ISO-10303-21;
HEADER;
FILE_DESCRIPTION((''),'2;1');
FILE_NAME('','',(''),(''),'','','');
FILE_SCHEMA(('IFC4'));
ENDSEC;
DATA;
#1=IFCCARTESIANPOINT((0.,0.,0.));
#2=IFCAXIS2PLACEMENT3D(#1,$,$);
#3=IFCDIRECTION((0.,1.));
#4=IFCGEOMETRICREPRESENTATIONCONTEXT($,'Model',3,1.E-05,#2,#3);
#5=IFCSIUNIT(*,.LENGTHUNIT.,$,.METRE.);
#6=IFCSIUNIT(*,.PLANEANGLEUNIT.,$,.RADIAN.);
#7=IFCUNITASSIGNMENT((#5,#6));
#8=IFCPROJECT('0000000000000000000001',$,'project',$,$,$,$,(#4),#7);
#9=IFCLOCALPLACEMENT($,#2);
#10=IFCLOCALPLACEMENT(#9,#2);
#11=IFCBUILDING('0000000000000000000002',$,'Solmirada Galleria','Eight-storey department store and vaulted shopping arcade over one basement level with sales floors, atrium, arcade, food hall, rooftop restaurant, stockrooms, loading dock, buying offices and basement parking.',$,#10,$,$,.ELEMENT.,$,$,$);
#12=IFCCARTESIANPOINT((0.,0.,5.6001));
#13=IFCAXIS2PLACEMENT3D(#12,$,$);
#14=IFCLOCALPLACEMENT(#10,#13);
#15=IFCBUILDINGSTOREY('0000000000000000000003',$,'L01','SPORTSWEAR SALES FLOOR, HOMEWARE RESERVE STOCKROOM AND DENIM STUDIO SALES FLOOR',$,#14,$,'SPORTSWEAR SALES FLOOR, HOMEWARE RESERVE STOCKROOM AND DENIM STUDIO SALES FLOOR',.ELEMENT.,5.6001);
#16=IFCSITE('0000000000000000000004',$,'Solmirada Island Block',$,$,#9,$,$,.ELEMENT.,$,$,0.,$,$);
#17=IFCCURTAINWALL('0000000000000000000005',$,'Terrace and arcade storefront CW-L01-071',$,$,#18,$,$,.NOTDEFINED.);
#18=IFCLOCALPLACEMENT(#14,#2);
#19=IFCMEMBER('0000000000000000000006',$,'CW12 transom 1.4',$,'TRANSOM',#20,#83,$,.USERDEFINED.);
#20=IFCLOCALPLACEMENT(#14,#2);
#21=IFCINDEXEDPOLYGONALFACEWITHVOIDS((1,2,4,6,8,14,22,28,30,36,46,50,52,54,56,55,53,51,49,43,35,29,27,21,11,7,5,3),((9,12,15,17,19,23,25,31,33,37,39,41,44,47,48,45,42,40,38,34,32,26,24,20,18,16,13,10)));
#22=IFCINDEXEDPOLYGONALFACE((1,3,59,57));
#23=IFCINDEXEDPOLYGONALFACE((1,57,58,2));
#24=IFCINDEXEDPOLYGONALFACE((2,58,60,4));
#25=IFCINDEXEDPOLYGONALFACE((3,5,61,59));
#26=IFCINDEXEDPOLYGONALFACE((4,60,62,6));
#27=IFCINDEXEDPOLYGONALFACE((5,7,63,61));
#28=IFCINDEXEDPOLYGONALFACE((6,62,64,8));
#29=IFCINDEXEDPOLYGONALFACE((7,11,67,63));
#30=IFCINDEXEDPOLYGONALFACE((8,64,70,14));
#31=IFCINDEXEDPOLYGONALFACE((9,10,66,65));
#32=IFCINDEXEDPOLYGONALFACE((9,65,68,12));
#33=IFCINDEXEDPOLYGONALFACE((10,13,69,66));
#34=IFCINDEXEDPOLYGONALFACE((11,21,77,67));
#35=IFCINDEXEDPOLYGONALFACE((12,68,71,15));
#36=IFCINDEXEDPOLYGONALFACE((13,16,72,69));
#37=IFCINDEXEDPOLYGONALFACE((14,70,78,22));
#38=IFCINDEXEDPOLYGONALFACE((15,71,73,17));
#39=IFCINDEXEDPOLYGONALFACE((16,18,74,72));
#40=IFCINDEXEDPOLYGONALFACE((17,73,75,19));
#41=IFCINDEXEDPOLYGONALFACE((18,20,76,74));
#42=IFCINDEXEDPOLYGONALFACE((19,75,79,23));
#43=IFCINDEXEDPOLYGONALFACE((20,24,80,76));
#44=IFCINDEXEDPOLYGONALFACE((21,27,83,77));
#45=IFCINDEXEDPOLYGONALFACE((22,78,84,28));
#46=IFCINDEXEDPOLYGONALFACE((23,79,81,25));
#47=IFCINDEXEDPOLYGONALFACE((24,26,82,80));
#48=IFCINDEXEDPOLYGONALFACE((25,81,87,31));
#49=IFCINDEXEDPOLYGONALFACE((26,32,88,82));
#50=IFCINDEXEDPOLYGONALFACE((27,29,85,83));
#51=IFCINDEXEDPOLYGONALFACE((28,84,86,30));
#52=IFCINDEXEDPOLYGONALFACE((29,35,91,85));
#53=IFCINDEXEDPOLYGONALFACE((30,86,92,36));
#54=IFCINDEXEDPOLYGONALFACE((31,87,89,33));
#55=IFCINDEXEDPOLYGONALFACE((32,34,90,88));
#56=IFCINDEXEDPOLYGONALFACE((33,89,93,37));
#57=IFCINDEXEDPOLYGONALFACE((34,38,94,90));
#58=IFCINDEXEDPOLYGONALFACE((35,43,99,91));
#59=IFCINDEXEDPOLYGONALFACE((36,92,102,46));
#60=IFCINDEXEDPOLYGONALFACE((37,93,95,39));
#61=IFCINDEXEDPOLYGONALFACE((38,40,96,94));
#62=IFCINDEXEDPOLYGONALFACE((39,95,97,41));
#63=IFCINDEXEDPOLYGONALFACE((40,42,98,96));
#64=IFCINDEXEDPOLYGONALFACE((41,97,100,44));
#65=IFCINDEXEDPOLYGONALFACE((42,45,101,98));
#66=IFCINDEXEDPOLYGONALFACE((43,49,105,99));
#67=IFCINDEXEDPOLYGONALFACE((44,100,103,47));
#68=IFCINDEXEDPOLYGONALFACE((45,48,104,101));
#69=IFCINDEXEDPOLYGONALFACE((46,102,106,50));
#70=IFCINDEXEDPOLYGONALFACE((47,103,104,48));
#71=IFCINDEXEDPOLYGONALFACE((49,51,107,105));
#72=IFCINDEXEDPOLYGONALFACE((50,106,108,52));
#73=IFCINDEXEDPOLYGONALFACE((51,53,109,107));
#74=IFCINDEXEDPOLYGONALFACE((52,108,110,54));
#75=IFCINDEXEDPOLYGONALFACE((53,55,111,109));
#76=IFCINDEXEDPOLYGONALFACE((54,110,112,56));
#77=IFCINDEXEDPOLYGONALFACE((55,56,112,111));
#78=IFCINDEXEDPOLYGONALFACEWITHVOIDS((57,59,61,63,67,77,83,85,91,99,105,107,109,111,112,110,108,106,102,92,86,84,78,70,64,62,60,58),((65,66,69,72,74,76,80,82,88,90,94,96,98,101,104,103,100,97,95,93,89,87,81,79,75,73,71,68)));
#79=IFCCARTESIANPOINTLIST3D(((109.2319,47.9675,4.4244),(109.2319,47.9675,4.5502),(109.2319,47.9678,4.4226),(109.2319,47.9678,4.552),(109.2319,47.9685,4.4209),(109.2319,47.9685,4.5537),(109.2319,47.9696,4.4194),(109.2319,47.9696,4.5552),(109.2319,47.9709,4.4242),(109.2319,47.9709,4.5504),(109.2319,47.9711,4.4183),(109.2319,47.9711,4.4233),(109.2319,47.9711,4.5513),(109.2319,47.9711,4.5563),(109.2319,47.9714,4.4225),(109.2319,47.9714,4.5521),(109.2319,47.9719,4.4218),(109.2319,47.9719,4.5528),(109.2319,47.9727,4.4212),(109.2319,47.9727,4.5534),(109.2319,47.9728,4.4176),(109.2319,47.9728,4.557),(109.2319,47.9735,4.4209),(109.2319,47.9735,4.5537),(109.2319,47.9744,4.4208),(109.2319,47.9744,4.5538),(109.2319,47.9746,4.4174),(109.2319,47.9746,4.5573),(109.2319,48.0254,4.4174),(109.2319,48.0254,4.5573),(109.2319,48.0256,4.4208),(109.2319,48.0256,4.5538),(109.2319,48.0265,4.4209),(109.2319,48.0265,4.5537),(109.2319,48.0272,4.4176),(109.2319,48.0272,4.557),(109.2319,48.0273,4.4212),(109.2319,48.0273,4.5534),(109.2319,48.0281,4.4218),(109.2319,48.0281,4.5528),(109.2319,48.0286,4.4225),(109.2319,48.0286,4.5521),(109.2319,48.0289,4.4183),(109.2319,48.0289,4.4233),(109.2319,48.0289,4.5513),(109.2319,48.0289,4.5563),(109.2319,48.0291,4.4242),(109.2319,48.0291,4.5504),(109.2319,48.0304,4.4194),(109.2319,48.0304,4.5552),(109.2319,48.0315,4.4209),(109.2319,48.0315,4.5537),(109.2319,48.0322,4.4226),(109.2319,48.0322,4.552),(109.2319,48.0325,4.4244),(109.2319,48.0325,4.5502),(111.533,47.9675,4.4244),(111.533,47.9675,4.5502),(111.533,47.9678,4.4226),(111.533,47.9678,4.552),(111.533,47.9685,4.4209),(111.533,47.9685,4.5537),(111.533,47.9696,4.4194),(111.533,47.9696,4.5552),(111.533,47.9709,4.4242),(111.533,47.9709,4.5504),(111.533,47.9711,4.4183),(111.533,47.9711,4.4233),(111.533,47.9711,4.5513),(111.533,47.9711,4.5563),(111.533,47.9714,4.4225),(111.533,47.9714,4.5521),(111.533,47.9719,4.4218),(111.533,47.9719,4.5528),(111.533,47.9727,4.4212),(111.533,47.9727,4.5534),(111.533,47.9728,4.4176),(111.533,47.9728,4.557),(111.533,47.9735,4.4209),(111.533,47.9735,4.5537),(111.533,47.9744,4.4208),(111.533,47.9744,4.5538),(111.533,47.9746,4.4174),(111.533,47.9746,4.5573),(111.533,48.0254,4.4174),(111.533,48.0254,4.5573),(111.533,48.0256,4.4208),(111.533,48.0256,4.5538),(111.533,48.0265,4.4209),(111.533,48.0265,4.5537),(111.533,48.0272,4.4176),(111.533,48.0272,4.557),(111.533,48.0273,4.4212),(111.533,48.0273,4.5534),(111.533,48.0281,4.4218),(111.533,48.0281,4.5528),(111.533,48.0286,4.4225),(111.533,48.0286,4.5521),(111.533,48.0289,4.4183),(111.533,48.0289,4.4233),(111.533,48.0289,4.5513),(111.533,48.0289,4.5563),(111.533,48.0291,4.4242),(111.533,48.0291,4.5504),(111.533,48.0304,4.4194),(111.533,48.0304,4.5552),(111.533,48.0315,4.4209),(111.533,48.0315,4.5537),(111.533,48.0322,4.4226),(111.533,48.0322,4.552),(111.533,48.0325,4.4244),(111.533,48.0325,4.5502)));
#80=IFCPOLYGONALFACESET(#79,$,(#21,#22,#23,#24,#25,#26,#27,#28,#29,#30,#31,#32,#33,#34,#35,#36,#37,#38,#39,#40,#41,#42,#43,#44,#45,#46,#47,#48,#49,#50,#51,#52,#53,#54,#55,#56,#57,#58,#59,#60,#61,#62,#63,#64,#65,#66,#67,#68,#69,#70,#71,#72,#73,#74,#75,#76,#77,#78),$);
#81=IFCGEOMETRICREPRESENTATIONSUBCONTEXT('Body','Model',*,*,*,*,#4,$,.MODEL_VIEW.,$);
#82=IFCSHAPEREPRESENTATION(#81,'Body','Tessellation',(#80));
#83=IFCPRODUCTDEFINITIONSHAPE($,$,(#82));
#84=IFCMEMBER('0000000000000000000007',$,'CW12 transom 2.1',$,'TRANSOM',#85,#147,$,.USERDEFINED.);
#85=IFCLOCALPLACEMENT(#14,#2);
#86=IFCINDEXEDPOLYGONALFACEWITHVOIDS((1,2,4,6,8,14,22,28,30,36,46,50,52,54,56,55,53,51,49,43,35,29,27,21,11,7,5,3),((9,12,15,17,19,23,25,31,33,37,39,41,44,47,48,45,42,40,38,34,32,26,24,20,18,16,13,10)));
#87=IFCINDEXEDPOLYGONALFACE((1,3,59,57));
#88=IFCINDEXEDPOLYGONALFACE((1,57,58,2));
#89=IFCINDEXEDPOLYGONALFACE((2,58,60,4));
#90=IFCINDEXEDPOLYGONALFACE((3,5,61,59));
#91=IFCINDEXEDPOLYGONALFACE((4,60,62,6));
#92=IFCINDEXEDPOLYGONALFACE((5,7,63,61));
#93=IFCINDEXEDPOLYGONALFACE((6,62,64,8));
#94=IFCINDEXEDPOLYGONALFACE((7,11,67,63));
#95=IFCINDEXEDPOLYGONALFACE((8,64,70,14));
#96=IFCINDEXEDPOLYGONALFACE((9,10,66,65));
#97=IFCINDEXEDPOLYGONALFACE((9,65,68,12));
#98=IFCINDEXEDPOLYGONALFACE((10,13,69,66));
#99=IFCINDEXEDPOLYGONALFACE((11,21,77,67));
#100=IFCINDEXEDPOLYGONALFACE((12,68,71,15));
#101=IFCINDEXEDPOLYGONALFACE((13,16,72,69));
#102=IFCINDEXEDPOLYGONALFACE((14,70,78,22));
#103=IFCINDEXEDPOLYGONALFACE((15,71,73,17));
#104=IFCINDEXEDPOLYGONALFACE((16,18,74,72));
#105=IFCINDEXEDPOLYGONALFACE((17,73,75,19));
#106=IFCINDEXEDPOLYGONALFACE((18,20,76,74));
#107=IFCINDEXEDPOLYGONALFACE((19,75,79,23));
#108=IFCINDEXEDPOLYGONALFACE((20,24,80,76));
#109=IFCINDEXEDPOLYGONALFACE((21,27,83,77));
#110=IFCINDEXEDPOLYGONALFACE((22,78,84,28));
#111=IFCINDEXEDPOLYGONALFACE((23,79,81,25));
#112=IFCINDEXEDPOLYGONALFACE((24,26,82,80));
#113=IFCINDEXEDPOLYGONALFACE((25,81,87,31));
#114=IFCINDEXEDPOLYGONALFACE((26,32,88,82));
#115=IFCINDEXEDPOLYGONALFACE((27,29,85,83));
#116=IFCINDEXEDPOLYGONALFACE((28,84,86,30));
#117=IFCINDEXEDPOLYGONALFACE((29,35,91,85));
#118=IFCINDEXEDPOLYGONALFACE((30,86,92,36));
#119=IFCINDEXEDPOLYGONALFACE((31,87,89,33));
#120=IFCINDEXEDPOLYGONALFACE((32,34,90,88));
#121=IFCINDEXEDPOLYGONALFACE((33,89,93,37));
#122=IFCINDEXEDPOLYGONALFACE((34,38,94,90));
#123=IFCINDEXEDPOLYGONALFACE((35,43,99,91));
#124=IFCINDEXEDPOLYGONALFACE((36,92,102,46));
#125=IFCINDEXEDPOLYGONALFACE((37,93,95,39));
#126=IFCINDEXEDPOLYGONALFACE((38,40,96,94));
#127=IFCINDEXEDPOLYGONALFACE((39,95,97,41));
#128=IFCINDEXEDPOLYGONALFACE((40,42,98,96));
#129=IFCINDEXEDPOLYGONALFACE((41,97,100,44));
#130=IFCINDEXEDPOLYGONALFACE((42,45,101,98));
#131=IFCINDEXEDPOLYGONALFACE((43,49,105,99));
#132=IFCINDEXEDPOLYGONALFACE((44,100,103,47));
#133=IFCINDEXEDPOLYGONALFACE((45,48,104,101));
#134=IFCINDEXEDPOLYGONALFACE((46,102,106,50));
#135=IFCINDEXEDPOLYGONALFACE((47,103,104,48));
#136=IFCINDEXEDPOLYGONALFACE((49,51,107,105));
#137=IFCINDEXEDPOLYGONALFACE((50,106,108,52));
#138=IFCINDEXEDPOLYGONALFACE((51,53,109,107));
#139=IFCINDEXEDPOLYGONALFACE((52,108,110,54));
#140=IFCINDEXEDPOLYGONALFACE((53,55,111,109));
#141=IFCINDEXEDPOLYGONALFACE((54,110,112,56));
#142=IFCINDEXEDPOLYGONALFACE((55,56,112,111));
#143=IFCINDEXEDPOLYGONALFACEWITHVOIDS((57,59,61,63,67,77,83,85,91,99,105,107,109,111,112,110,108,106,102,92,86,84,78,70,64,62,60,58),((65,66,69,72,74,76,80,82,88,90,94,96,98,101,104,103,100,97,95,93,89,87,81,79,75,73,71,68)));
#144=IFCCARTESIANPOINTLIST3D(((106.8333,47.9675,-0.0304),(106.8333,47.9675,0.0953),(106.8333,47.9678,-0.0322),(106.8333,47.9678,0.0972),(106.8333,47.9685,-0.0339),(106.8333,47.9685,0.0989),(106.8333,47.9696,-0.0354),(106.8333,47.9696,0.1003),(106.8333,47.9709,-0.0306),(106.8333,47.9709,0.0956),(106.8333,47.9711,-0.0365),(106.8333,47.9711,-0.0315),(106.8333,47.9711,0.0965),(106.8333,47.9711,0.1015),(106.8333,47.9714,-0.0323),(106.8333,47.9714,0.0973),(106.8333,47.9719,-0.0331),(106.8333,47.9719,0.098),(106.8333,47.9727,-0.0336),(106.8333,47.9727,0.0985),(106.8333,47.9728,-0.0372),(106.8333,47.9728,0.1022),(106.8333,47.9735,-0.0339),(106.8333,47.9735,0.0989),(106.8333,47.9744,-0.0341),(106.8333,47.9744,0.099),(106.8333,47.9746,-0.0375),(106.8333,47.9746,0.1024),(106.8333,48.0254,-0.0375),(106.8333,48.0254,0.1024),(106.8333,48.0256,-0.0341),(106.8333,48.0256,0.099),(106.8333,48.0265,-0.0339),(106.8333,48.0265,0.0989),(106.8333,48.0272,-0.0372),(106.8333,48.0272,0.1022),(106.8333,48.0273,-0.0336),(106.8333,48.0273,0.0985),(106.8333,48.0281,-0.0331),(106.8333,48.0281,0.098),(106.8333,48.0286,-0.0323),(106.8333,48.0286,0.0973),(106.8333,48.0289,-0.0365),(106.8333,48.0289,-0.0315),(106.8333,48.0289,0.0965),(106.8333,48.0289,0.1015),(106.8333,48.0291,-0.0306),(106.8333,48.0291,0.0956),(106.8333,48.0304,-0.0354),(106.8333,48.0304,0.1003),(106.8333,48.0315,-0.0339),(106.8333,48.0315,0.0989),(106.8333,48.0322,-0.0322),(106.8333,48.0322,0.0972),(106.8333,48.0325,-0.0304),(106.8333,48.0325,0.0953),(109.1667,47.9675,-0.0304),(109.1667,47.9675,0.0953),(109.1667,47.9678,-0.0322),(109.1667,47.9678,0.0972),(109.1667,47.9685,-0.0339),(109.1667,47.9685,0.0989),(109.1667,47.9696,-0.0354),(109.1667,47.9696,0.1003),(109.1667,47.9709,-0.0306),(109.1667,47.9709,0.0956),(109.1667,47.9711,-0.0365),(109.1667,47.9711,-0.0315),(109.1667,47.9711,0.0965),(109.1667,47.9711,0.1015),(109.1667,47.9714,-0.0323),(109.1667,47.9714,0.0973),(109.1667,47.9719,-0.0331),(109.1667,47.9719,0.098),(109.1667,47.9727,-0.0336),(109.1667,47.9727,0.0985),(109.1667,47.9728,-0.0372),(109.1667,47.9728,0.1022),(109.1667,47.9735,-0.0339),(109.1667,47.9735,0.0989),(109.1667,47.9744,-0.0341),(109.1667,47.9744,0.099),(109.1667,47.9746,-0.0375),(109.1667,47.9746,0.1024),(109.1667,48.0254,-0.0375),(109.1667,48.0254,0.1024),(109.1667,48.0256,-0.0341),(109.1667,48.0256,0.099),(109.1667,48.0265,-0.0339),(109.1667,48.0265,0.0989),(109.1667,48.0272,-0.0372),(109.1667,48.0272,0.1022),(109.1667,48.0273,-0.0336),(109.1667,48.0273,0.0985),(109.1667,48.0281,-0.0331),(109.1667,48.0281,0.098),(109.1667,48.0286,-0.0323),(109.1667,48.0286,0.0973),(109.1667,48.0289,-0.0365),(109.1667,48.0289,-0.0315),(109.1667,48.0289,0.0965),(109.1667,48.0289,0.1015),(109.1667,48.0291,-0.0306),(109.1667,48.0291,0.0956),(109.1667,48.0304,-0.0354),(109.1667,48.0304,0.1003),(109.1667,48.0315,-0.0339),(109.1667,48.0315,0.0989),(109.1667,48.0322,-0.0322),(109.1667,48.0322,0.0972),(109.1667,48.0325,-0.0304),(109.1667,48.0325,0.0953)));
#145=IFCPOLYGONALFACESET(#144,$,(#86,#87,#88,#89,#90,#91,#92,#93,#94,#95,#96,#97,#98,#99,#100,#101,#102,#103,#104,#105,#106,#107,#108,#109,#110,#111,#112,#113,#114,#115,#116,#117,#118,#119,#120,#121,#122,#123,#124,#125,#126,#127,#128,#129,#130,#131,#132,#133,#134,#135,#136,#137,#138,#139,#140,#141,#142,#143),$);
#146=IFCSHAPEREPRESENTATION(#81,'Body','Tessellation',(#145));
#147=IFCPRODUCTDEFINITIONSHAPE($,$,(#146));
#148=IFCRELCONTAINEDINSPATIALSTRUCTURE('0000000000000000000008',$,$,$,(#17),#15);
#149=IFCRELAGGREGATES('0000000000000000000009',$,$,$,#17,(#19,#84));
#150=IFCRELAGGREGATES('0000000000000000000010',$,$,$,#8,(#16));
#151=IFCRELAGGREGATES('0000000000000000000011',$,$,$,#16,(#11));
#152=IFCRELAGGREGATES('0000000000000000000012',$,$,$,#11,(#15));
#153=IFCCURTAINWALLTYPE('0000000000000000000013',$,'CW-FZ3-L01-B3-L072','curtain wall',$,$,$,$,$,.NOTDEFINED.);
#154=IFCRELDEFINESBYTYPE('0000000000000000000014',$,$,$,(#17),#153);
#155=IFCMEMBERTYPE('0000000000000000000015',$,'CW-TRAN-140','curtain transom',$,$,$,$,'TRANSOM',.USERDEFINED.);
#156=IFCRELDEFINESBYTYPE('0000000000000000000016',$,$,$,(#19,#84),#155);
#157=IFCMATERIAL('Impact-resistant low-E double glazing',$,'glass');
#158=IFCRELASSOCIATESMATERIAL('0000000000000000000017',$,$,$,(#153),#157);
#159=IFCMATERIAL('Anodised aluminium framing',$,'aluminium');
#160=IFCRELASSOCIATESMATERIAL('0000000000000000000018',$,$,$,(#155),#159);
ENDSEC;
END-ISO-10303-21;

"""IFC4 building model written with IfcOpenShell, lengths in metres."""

from ifc_helpers import new_model, si_unit, direction, frame, origin, origin_2d, place, context, subcontext, project, spatial, hollow_rectangle, extrude, material, material_profile, profile_set, type_object, element, aggregate, save


model = new_model("IFC4")

# Units and contexts
model_context = context("Model", 3, precision=1e-05, world=origin(), true_north=direction((0.0, 1.0)))
body_context = subcontext(model_context, "Body", "Model", "MODEL_VIEW")
ifc_project = project(units=[si_unit("LENGTHUNIT", "METRE"), si_unit("PLANEANGLEUNIT", "RADIAN")], contexts=[model_context])

# Site, building, storey
site_placement = place(None, origin())
site = spatial("IfcSite", under=ifc_project, at=site_placement, Name="Solmirada Island Block", CompositionType="ELEMENT", RefElevation=0.0)
building_placement = place(site_placement, origin())
building = spatial("IfcBuilding", under=site, at=building_placement, Name="Solmirada Galleria", Description="Eight-storey department store and vaulted shopping arcade over one basement level with sales floors, atrium, arcade, food hall, rooftop restaurant, stockrooms, loading dock, buying offices and basement parking.", CompositionType="ELEMENT")
storey_placement = place(building_placement, frame((0.0, 0.0, 5.6001)))
storey = spatial("IfcBuildingStorey", under=building, at=storey_placement, Name="L01", Description="SPORTSWEAR SALES FLOOR, HOMEWARE RESERVE STOCKROOM AND DENIM STUDIO SALES FLOOR", LongName="SPORTSWEAR SALES FLOOR, HOMEWARE RESERVE STOCKROOM AND DENIM STUDIO SALES FLOOR", CompositionType="ELEMENT", Elevation=5.6001)

# Curtain wall
ifc_material_1 = material(Name="Impact-resistant low-E double glazing", Category="glass")
curtain_wall_type = type_object("IfcCurtainWallType", Name="CW-FZ3-L01-B3-L072", Description="curtain wall", PredefinedType="NOTDEFINED", material=ifc_material_1)
ifc_material_2 = material(Name="Anodised aluminium framing", Category="aluminium")
curtain_wall_1_placement = place(storey_placement, origin())
curtain_wall_1 = element("IfcCurtainWall", 1, at=curtain_wall_1_placement, inside=storey, type_object=curtain_wall_type, Name="Terrace and arcade storefront CW-L01-071", PredefinedType="NOTDEFINED")

# Members
ifc_material_profile_1 = material_profile(ifc_material_2, hollow_rectangle(XDim=0.0649, YDim=0.1399, WallThickness=0.0034, InnerFilletRadius=0.0034, OuterFilletRadius=0.0071, at=origin_2d()), Name="ALU-TRAN-140X65")
ifc_profile_set_1 = profile_set([ifc_material_profile_1], Name="Anodised aluminium framing")
member_type_1 = type_object("IfcMemberType", Name="CW-TRAN-140", Description="curtain transom", ElementType="TRANSOM", PredefinedType="USERDEFINED", material=ifc_profile_set_1)
member_1_placement = place(storey_placement, frame((111.533, 48.0, 4.4873), z_axis=(-1.0, 0.0, 0.0), x_axis=(0.0, -1.0, 0.0)))
member_1 = element("IfcMember", 2, at=member_1_placement, type_object=member_type_1, Name="CW12 transom 1.4", ObjectType="TRANSOM", PredefinedType="USERDEFINED", context=body_context, shape_type="SweptSolid", body=[
    extrude(hollow_rectangle(XDim=0.0649, YDim=0.1399, WallThickness=0.0034, InnerFilletRadius=0.0034, OuterFilletRadius=0.0071, at=origin_2d()), origin(), (0.0, 0.0, 1.0), 2.301),
])
member_2_placement = place(storey_placement, frame((109.1667, 48.0, 0.0325), z_axis=(-1.0, 0.0, 0.0), x_axis=(0.0, -1.0, 0.0)))
member_2 = element("IfcMember", 3, at=member_2_placement, type_object=member_type_1, Name="CW12 transom 2.1", ObjectType="TRANSOM", PredefinedType="USERDEFINED", context=body_context, shape_type="SweptSolid", body=[
    extrude(hollow_rectangle(XDim=0.0649, YDim=0.1399, WallThickness=0.0034, InnerFilletRadius=0.0034, OuterFilletRadius=0.0071, at=origin_2d()), origin(), (0.0, 0.0, 1.0), 2.3335),
])

aggregate(curtain_wall_1, [member_1, member_2])

save(model, "model.ifc")
